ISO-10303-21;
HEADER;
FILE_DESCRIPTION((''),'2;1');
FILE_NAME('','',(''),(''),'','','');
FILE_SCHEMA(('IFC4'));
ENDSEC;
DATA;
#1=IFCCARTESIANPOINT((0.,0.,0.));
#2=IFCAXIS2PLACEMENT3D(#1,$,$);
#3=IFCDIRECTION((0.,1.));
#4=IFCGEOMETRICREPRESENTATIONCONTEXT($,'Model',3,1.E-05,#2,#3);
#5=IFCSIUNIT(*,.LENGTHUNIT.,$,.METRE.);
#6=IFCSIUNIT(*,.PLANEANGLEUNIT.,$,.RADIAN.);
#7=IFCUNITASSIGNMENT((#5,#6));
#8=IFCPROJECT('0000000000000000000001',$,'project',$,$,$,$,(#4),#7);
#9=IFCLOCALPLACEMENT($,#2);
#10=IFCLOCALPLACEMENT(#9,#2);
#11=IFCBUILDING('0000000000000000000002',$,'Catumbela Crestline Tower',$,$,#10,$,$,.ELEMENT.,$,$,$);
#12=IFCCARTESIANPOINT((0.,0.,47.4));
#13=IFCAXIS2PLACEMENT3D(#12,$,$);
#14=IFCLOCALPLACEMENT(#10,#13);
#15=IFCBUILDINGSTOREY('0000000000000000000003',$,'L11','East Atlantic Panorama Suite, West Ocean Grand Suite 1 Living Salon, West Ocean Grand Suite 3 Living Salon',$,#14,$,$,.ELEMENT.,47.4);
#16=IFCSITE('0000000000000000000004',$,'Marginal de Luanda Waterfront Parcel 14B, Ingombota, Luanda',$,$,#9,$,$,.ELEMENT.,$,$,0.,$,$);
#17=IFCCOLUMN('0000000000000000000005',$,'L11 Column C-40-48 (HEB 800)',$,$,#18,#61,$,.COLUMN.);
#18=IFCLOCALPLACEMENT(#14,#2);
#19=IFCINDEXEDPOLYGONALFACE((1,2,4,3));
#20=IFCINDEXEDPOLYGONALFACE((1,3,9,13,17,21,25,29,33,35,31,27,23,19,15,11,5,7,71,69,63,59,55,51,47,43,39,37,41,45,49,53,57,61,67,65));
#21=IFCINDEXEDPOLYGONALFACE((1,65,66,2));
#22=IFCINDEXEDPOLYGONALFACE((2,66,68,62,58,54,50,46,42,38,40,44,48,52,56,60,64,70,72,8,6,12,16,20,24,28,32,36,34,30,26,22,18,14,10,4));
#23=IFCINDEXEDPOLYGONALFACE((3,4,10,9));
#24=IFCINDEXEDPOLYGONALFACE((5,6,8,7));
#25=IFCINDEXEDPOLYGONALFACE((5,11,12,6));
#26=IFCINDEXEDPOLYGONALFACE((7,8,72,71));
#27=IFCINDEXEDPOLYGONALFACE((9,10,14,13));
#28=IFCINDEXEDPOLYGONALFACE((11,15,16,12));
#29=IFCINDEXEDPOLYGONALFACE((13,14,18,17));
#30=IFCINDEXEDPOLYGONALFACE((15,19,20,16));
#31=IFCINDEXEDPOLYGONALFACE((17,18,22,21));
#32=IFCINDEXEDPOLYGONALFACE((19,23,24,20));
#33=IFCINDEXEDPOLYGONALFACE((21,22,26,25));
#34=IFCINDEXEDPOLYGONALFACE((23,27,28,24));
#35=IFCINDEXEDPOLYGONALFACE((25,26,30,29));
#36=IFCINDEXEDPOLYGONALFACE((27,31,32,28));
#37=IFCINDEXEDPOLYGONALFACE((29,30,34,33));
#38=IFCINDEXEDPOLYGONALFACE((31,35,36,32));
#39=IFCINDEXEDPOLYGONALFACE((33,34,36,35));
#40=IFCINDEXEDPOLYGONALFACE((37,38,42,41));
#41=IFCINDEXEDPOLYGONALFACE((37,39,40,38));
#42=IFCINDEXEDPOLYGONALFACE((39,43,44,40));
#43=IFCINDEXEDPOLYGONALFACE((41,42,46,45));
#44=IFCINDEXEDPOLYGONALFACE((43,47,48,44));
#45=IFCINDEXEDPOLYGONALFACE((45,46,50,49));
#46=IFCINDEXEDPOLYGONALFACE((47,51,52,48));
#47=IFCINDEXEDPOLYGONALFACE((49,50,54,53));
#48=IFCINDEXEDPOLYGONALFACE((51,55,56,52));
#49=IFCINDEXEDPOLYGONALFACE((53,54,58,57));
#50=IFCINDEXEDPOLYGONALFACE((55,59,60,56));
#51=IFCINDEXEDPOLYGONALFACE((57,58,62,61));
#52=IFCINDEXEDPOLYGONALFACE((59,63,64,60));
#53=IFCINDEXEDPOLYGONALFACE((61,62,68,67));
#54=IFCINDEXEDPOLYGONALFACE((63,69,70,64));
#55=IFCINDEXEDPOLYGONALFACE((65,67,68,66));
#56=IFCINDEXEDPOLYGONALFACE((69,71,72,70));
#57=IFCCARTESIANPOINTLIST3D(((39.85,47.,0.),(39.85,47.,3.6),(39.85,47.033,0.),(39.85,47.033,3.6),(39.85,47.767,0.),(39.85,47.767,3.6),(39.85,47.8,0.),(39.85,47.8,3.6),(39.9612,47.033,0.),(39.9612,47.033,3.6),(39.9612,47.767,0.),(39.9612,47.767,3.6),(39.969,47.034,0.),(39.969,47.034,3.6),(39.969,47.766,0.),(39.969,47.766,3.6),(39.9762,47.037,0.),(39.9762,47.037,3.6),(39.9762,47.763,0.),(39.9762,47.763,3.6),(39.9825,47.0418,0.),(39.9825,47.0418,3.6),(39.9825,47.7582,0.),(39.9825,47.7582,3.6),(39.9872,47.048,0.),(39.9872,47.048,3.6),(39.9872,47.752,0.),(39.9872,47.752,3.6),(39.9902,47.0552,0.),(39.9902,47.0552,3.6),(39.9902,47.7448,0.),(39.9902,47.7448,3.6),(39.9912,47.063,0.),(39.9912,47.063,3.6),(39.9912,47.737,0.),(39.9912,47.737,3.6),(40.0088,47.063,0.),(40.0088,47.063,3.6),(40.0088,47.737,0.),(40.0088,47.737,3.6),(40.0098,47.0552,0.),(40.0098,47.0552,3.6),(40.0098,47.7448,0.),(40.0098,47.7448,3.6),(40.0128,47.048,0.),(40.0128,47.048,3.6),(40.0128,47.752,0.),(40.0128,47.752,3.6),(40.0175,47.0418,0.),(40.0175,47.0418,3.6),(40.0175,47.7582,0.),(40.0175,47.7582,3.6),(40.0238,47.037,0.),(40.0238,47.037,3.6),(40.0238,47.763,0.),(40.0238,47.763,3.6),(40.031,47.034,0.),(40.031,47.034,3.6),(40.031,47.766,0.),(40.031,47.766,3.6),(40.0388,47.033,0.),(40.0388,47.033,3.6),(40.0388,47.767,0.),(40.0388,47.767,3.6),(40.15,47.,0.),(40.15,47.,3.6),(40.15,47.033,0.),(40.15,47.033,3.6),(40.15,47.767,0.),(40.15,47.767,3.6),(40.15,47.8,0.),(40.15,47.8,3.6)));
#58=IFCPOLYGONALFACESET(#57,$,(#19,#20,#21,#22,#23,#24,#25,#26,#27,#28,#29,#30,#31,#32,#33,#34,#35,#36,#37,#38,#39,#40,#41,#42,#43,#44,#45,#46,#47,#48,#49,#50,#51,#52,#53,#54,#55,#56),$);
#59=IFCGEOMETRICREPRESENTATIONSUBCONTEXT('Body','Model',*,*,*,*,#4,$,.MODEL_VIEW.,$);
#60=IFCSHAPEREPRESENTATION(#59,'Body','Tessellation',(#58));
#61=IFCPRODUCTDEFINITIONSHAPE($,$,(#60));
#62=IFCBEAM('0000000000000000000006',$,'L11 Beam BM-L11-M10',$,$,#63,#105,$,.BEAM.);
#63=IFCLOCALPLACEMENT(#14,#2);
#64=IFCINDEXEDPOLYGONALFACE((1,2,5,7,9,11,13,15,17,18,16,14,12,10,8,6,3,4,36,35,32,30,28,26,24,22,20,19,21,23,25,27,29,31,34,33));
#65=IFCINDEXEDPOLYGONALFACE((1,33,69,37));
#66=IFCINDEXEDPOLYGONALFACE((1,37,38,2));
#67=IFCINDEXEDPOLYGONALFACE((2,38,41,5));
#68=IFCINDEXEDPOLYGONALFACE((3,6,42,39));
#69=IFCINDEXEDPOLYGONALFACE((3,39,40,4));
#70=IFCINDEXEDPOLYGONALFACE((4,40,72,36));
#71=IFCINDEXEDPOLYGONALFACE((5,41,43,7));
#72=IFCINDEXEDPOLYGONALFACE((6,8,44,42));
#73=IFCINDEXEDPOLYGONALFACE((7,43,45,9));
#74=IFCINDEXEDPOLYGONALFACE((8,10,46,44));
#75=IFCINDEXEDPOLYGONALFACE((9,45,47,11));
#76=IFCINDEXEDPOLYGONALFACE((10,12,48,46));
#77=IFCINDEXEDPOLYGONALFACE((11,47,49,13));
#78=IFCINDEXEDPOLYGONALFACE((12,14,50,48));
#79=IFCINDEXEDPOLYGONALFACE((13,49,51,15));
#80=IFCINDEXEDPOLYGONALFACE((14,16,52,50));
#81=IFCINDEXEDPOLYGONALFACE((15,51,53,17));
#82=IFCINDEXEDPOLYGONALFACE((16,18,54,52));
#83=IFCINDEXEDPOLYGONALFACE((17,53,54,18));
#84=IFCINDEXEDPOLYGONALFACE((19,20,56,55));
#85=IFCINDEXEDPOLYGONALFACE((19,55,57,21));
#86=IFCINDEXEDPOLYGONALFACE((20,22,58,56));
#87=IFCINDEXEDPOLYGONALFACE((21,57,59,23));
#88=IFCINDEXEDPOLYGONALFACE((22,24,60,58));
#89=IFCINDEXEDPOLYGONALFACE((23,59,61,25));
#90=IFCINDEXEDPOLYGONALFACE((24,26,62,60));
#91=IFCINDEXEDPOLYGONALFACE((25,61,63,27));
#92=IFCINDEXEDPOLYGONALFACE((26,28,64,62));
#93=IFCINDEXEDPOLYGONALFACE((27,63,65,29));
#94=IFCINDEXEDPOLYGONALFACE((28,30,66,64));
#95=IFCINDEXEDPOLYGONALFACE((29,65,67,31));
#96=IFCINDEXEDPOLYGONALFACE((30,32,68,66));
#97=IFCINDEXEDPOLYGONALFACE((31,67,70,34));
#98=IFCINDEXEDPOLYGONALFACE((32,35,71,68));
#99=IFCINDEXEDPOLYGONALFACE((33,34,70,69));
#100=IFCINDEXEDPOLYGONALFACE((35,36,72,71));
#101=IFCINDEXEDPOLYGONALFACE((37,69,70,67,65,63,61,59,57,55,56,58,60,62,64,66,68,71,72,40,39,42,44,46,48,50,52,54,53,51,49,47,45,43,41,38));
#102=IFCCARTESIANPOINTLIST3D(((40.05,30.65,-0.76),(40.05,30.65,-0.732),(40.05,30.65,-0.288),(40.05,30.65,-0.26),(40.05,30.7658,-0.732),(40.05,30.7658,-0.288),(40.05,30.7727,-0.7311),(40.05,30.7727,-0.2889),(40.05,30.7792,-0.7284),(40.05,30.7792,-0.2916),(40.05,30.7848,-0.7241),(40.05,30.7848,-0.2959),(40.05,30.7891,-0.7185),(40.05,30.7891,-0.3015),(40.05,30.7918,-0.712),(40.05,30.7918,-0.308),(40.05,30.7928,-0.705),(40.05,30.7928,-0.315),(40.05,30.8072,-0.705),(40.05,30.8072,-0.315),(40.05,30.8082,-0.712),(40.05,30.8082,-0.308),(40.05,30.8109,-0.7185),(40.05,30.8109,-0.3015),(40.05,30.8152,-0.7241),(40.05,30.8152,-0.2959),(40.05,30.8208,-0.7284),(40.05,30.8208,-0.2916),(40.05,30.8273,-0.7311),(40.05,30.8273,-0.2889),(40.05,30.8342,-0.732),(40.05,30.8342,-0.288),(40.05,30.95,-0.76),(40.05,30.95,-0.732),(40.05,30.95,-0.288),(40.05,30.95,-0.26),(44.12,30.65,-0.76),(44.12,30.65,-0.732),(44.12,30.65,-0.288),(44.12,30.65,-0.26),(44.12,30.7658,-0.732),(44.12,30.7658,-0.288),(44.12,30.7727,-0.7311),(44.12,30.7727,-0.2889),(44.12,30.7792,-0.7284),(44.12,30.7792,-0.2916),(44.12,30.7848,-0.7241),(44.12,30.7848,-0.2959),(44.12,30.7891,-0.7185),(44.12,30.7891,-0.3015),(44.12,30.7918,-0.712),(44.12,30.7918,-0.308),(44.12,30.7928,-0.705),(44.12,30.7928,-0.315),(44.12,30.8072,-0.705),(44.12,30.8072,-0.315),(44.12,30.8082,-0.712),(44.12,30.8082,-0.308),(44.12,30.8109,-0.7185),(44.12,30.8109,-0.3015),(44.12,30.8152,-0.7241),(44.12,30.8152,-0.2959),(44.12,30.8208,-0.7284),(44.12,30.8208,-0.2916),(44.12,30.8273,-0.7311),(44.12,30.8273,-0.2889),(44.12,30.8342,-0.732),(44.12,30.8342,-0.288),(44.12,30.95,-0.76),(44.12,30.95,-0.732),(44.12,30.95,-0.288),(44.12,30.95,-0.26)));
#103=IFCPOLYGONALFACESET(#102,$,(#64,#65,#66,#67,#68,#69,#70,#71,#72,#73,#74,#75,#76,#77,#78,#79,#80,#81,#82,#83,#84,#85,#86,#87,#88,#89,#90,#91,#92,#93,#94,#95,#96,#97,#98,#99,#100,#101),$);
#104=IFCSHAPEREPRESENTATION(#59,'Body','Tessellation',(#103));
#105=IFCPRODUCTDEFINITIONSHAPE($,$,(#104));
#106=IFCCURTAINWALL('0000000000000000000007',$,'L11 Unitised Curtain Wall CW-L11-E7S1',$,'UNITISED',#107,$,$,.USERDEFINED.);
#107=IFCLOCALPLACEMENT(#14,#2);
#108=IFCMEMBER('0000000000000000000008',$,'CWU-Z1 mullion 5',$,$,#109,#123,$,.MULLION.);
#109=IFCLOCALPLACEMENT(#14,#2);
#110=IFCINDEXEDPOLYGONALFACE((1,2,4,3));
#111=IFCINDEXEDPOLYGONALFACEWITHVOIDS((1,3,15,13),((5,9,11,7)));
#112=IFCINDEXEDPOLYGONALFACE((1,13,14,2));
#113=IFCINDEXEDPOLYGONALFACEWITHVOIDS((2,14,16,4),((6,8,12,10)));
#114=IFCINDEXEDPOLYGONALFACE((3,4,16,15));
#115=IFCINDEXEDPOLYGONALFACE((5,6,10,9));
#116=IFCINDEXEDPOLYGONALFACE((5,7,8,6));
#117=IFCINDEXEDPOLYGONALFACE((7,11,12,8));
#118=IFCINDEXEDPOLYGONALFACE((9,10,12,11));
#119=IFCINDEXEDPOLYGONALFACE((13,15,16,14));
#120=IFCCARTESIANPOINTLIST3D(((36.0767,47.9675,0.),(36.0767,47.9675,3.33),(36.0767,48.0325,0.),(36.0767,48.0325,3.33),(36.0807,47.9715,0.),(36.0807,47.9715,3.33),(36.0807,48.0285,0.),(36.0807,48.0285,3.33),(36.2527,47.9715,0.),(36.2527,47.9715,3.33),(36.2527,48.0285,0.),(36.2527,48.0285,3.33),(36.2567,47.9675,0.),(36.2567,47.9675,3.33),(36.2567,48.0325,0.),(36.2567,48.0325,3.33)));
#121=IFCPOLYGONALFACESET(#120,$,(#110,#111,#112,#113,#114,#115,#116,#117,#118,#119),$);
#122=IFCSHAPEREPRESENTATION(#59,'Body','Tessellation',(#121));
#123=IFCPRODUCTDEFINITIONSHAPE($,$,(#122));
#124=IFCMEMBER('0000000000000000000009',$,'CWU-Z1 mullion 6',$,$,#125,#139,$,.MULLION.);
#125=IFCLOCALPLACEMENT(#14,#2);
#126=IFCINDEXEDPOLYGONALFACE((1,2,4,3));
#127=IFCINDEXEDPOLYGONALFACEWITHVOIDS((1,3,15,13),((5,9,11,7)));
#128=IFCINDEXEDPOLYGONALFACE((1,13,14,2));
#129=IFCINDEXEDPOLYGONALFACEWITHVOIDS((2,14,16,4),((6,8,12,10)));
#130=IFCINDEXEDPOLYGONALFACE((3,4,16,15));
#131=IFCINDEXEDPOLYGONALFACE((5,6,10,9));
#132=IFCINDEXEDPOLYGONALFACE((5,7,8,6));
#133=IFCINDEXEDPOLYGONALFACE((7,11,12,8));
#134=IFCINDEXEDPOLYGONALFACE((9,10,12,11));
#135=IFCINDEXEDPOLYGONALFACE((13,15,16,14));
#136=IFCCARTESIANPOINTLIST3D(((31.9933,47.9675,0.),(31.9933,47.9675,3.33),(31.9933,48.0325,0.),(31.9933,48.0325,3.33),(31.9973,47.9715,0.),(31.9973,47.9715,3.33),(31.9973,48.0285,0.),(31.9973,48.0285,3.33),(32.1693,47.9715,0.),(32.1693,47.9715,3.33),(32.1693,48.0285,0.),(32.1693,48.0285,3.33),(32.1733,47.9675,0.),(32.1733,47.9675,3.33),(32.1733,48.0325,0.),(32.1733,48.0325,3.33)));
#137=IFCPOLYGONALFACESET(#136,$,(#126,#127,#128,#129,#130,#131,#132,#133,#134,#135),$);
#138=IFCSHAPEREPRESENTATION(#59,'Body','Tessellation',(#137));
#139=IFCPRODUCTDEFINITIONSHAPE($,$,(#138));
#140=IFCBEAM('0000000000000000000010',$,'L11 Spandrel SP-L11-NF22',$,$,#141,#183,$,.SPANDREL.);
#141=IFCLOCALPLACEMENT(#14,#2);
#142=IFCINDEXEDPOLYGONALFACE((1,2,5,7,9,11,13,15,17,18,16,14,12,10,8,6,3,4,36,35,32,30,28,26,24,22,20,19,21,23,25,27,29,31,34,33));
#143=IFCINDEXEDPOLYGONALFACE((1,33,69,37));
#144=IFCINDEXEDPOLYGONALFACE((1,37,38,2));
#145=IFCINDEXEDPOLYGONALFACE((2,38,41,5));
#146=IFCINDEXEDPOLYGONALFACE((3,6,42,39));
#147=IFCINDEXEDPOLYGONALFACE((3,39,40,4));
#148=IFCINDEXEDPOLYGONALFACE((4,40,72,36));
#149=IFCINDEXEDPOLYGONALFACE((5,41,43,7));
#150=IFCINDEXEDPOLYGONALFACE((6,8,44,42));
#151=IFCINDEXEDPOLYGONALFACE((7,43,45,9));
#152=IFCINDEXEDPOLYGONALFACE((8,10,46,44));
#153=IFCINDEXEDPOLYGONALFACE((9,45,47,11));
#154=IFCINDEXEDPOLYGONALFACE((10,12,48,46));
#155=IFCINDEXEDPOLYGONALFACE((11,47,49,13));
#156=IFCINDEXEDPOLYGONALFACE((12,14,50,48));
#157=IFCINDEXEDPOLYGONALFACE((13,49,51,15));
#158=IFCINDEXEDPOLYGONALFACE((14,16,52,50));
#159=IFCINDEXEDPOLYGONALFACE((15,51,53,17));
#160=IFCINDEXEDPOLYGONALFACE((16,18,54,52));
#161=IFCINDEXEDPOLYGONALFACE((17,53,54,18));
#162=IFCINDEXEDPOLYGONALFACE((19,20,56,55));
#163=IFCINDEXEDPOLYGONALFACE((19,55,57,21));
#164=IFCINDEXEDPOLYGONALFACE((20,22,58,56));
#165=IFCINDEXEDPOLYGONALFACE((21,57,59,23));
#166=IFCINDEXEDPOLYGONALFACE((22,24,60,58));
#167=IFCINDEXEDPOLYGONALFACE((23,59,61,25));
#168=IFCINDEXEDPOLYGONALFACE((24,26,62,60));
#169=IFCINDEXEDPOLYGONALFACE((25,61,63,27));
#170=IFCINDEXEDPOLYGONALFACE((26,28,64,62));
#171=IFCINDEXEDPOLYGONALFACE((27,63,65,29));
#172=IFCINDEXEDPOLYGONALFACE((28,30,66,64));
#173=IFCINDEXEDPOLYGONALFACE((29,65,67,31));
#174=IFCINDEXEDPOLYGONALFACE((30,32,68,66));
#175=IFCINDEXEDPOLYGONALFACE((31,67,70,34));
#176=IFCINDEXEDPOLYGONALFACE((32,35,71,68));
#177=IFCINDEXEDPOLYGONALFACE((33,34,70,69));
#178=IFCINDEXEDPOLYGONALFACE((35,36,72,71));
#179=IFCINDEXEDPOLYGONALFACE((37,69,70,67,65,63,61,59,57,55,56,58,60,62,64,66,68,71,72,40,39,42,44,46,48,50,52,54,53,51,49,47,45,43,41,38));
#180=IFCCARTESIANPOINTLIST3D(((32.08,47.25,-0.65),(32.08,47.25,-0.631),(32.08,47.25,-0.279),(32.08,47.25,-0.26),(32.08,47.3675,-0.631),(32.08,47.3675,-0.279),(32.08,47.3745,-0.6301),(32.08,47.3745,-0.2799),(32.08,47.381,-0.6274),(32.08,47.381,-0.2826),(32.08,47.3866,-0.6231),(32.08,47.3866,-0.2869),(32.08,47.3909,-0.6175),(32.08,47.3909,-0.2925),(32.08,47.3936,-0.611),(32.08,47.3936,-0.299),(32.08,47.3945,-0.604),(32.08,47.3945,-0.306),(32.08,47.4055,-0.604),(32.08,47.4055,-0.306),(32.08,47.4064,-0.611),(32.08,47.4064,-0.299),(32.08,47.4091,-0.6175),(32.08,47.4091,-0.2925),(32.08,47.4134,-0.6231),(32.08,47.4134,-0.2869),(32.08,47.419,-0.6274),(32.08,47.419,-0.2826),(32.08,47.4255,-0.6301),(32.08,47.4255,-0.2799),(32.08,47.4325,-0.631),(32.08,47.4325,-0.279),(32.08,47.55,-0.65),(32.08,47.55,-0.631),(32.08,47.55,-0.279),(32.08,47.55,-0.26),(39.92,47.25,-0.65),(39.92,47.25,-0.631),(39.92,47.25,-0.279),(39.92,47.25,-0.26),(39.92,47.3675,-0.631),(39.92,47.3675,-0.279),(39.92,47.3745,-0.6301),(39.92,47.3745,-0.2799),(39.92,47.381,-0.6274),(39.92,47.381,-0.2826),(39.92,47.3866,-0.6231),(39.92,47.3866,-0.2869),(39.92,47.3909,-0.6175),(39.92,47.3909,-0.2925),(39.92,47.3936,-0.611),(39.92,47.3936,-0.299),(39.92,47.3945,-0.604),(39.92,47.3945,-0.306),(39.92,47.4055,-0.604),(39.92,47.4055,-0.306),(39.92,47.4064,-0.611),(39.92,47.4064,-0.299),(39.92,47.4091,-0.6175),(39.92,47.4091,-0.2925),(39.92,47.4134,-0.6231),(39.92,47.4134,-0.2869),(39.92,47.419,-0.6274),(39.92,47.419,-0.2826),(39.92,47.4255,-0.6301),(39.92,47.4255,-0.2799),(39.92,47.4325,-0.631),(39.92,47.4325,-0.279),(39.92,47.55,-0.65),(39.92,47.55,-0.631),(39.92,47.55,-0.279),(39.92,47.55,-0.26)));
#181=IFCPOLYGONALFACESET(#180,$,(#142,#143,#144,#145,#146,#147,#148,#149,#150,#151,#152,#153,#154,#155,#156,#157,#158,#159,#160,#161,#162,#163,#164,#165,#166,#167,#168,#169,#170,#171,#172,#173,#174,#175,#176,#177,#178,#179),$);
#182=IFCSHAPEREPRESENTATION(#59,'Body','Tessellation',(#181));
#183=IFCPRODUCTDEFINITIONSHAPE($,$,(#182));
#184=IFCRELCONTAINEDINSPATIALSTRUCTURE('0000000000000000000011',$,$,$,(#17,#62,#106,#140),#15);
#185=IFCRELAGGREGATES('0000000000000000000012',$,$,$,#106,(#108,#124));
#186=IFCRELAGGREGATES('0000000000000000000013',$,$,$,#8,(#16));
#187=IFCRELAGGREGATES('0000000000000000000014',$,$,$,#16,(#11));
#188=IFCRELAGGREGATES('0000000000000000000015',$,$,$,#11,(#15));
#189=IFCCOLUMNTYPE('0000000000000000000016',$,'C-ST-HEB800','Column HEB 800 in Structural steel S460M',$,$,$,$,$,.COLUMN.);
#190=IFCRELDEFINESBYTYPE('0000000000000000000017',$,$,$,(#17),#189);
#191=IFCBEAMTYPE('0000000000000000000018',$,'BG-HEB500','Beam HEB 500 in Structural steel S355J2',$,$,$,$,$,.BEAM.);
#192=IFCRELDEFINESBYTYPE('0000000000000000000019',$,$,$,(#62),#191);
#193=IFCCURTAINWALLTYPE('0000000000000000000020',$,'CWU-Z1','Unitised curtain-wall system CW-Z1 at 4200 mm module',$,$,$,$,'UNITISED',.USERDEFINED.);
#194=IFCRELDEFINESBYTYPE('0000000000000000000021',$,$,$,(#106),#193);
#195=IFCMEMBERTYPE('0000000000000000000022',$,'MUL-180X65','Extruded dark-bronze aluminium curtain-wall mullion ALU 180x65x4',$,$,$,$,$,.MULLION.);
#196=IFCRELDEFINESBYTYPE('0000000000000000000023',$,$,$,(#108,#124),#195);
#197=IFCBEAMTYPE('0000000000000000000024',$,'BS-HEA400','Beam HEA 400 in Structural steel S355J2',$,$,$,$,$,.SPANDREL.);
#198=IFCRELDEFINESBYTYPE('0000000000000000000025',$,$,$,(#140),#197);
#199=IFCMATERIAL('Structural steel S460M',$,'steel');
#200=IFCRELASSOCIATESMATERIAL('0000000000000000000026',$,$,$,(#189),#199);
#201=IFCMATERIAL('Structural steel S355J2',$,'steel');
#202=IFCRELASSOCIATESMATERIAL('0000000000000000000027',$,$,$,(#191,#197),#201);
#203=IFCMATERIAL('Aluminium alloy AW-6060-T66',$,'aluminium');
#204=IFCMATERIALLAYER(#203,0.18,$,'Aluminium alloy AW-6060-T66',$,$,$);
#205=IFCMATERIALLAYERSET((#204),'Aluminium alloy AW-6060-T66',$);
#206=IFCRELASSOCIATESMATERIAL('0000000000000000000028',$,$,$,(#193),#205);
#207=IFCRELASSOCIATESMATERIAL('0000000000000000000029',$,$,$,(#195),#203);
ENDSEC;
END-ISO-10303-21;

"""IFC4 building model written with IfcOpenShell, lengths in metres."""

from ifc_helpers import new_model, si_unit, direction, frame, origin, origin_2d, place, context, subcontext, project, spatial, hollow_rectangle, i_section, extrude, material, layer, layer_set, material_profile, profile_set, type_object, element, aggregate, save


model = new_model("IFC4")

# Units and contexts
model_context = context("Model", 3, precision=1e-05, world=origin(), true_north=direction((0.0, 1.0)))
body_context = subcontext(model_context, "Body", "Model", "MODEL_VIEW")
ifc_project = project(units=[si_unit("LENGTHUNIT", "METRE"), si_unit("PLANEANGLEUNIT", "RADIAN")], contexts=[model_context])

# Site, building, storey
site_placement = place(None, origin())
site = spatial("IfcSite", under=ifc_project, at=site_placement, Name="Marginal de Luanda Waterfront Parcel 14B, Ingombota, Luanda", CompositionType="ELEMENT", RefElevation=0.0)
building_placement = place(site_placement, origin())
building = spatial("IfcBuilding", under=site, at=building_placement, Name="Catumbela Crestline Tower", CompositionType="ELEMENT")
storey_placement = place(building_placement, frame((0.0, 0.0, 47.4)))
storey = spatial("IfcBuildingStorey", under=building, at=storey_placement, Name="L11", Description="East Atlantic Panorama Suite, West Ocean Grand Suite 1 Living Salon, West Ocean Grand Suite 3 Living Salon", CompositionType="ELEMENT", Elevation=47.4)

# Column
ifc_material_1 = material(Name="Structural steel S460M", Category="steel")
ifc_material_profile_1 = material_profile(ifc_material_1, i_section(OverallWidth=0.3, OverallDepth=0.8, WebThickness=0.0175, FlangeThickness=0.033, FilletRadius=0.03, at=origin_2d()), Name="HEB 800")
ifc_profile_set_1 = profile_set([ifc_material_profile_1], Name="Structural steel S460M")
column_type = type_object("IfcColumnType", Name="C-ST-HEB800", Description="Column HEB 800 in Structural steel S460M", PredefinedType="COLUMN", material=ifc_profile_set_1)
column_placement = place(storey_placement, frame((40.0, 47.4, 0.0), z_axis=(0.0, 0.0, 1.0), x_axis=(1.0, 0.0, 0.0)))
element("IfcColumn", 1, at=column_placement, inside=storey, type_object=column_type, Name="L11 Column C-40-48 (HEB 800)", PredefinedType="COLUMN", context=body_context, shape_type="SweptSolid", body=[
    extrude(i_section(OverallWidth=0.3, OverallDepth=0.8, WebThickness=0.0175, FlangeThickness=0.033, FilletRadius=0.03, at=origin_2d()), origin(), (0.0, 0.0, 1.0), 3.6),
])

# Beam
ifc_material_2 = material(Name="Structural steel S355J2", Category="steel")
ifc_material_profile_2 = material_profile(ifc_material_2, i_section(OverallWidth=0.3, OverallDepth=0.5, WebThickness=0.0145, FlangeThickness=0.028, FilletRadius=0.027, at=origin_2d()), Name="HEB 500")
ifc_profile_set_2 = profile_set([ifc_material_profile_2], Name="Structural steel S355J2")
beam_type_1 = type_object("IfcBeamType", Name="BG-HEB500", Description="Beam HEB 500 in Structural steel S355J2", PredefinedType="BEAM", material=ifc_profile_set_2)
beam_1_placement = place(storey_placement, frame((40.05, 30.8, -0.51), z_axis=(1.0, 0.0, 0.0), x_axis=(0.0, 1.0, 0.0)))
element("IfcBeam", 2, at=beam_1_placement, inside=storey, type_object=beam_type_1, Name="L11 Beam BM-L11-M10", PredefinedType="BEAM", context=body_context, shape_type="SweptSolid", body=[
    extrude(i_section(OverallWidth=0.3, OverallDepth=0.5, WebThickness=0.0145, FlangeThickness=0.028, FilletRadius=0.027, at=origin_2d()), origin(), (0.0, 0.0, 1.0), 4.07),
])

# Curtain wall, members
ifc_material_3 = material(Name="Aluminium alloy AW-6060-T66", Category="aluminium")
ifc_layer_1 = layer(ifc_material_3, 0.18, Name="Aluminium alloy AW-6060-T66")
ifc_layer_set_1 = layer_set([ifc_layer_1], Name="Aluminium alloy AW-6060-T66")
curtain_wall_type = type_object("IfcCurtainWallType", Name="CWU-Z1", Description="Unitised curtain-wall system CW-Z1 at 4200 mm module", ElementType="UNITISED", PredefinedType="USERDEFINED", material=ifc_layer_set_1)
curtain_wall_placement = place(storey_placement, origin())
curtain_wall = element("IfcCurtainWall", 3, at=curtain_wall_placement, inside=storey, type_object=curtain_wall_type, Name="L11 Unitised Curtain Wall CW-L11-E7S1", ObjectType="UNITISED", PredefinedType="USERDEFINED")
ifc_material_profile_3 = material_profile(ifc_material_3, hollow_rectangle(XDim=0.065, YDim=0.18, WallThickness=0.004, at=origin_2d()), Name="ALU 180x65x4")
ifc_profile_set_3 = profile_set([ifc_material_profile_3], Name="Aluminium alloy AW-6060-T66")
member_type_1 = type_object("IfcMemberType", Name="MUL-180X65", Description="Extruded dark-bronze aluminium curtain-wall mullion ALU 180x65x4", PredefinedType="MULLION", material=ifc_profile_set_3)
member_1_placement = place(storey_placement, frame((36.1667, 48.0, 0.0), z_axis=(0.0, 0.0, 1.0), x_axis=(0.0, -1.0, 0.0)))
member_1 = element("IfcMember", 4, at=member_1_placement, type_object=member_type_1, Name="CWU-Z1 mullion 5", PredefinedType="MULLION", context=body_context, shape_type="SweptSolid", body=[
    extrude(hollow_rectangle(XDim=0.065, YDim=0.18, WallThickness=0.004, at=origin_2d()), origin(), (0.0, 0.0, 1.0), 3.33),
])
member_2_placement = place(storey_placement, frame((32.0833, 48.0, 0.0), z_axis=(0.0, 0.0, 1.0), x_axis=(0.0, -1.0, 0.0)))
member_2 = element("IfcMember", 5, at=member_2_placement, type_object=member_type_1, Name="CWU-Z1 mullion 6", PredefinedType="MULLION", context=body_context, shape_type="SweptSolid", body=[
    extrude(hollow_rectangle(XDim=0.065, YDim=0.18, WallThickness=0.004, at=origin_2d()), origin(), (0.0, 0.0, 1.0), 3.33),
])

# Beam
ifc_material_profile_4 = material_profile(ifc_material_2, i_section(OverallWidth=0.3, OverallDepth=0.39, WebThickness=0.011, FlangeThickness=0.019, FilletRadius=0.027, at=origin_2d()), Name="HEA 400")
ifc_profile_set_4 = profile_set([ifc_material_profile_4], Name="Structural steel S355J2")
beam_type_2 = type_object("IfcBeamType", Name="BS-HEA400", Description="Beam HEA 400 in Structural steel S355J2", PredefinedType="SPANDREL", material=ifc_profile_set_4)
beam_2_placement = place(storey_placement, frame((32.08, 47.4, -0.455), z_axis=(1.0, 0.0, 0.0), x_axis=(0.0, 1.0, 0.0)))
element("IfcBeam", 6, at=beam_2_placement, inside=storey, type_object=beam_type_2, Name="L11 Spandrel SP-L11-NF22", PredefinedType="SPANDREL", context=body_context, shape_type="SweptSolid", body=[
    extrude(i_section(OverallWidth=0.3, OverallDepth=0.39, WebThickness=0.011, FlangeThickness=0.019, FilletRadius=0.027, at=origin_2d()), origin(), (0.0, 0.0, 1.0), 7.84),
])

aggregate(curtain_wall, [member_1, member_2])

save(model, "model.ifc")
